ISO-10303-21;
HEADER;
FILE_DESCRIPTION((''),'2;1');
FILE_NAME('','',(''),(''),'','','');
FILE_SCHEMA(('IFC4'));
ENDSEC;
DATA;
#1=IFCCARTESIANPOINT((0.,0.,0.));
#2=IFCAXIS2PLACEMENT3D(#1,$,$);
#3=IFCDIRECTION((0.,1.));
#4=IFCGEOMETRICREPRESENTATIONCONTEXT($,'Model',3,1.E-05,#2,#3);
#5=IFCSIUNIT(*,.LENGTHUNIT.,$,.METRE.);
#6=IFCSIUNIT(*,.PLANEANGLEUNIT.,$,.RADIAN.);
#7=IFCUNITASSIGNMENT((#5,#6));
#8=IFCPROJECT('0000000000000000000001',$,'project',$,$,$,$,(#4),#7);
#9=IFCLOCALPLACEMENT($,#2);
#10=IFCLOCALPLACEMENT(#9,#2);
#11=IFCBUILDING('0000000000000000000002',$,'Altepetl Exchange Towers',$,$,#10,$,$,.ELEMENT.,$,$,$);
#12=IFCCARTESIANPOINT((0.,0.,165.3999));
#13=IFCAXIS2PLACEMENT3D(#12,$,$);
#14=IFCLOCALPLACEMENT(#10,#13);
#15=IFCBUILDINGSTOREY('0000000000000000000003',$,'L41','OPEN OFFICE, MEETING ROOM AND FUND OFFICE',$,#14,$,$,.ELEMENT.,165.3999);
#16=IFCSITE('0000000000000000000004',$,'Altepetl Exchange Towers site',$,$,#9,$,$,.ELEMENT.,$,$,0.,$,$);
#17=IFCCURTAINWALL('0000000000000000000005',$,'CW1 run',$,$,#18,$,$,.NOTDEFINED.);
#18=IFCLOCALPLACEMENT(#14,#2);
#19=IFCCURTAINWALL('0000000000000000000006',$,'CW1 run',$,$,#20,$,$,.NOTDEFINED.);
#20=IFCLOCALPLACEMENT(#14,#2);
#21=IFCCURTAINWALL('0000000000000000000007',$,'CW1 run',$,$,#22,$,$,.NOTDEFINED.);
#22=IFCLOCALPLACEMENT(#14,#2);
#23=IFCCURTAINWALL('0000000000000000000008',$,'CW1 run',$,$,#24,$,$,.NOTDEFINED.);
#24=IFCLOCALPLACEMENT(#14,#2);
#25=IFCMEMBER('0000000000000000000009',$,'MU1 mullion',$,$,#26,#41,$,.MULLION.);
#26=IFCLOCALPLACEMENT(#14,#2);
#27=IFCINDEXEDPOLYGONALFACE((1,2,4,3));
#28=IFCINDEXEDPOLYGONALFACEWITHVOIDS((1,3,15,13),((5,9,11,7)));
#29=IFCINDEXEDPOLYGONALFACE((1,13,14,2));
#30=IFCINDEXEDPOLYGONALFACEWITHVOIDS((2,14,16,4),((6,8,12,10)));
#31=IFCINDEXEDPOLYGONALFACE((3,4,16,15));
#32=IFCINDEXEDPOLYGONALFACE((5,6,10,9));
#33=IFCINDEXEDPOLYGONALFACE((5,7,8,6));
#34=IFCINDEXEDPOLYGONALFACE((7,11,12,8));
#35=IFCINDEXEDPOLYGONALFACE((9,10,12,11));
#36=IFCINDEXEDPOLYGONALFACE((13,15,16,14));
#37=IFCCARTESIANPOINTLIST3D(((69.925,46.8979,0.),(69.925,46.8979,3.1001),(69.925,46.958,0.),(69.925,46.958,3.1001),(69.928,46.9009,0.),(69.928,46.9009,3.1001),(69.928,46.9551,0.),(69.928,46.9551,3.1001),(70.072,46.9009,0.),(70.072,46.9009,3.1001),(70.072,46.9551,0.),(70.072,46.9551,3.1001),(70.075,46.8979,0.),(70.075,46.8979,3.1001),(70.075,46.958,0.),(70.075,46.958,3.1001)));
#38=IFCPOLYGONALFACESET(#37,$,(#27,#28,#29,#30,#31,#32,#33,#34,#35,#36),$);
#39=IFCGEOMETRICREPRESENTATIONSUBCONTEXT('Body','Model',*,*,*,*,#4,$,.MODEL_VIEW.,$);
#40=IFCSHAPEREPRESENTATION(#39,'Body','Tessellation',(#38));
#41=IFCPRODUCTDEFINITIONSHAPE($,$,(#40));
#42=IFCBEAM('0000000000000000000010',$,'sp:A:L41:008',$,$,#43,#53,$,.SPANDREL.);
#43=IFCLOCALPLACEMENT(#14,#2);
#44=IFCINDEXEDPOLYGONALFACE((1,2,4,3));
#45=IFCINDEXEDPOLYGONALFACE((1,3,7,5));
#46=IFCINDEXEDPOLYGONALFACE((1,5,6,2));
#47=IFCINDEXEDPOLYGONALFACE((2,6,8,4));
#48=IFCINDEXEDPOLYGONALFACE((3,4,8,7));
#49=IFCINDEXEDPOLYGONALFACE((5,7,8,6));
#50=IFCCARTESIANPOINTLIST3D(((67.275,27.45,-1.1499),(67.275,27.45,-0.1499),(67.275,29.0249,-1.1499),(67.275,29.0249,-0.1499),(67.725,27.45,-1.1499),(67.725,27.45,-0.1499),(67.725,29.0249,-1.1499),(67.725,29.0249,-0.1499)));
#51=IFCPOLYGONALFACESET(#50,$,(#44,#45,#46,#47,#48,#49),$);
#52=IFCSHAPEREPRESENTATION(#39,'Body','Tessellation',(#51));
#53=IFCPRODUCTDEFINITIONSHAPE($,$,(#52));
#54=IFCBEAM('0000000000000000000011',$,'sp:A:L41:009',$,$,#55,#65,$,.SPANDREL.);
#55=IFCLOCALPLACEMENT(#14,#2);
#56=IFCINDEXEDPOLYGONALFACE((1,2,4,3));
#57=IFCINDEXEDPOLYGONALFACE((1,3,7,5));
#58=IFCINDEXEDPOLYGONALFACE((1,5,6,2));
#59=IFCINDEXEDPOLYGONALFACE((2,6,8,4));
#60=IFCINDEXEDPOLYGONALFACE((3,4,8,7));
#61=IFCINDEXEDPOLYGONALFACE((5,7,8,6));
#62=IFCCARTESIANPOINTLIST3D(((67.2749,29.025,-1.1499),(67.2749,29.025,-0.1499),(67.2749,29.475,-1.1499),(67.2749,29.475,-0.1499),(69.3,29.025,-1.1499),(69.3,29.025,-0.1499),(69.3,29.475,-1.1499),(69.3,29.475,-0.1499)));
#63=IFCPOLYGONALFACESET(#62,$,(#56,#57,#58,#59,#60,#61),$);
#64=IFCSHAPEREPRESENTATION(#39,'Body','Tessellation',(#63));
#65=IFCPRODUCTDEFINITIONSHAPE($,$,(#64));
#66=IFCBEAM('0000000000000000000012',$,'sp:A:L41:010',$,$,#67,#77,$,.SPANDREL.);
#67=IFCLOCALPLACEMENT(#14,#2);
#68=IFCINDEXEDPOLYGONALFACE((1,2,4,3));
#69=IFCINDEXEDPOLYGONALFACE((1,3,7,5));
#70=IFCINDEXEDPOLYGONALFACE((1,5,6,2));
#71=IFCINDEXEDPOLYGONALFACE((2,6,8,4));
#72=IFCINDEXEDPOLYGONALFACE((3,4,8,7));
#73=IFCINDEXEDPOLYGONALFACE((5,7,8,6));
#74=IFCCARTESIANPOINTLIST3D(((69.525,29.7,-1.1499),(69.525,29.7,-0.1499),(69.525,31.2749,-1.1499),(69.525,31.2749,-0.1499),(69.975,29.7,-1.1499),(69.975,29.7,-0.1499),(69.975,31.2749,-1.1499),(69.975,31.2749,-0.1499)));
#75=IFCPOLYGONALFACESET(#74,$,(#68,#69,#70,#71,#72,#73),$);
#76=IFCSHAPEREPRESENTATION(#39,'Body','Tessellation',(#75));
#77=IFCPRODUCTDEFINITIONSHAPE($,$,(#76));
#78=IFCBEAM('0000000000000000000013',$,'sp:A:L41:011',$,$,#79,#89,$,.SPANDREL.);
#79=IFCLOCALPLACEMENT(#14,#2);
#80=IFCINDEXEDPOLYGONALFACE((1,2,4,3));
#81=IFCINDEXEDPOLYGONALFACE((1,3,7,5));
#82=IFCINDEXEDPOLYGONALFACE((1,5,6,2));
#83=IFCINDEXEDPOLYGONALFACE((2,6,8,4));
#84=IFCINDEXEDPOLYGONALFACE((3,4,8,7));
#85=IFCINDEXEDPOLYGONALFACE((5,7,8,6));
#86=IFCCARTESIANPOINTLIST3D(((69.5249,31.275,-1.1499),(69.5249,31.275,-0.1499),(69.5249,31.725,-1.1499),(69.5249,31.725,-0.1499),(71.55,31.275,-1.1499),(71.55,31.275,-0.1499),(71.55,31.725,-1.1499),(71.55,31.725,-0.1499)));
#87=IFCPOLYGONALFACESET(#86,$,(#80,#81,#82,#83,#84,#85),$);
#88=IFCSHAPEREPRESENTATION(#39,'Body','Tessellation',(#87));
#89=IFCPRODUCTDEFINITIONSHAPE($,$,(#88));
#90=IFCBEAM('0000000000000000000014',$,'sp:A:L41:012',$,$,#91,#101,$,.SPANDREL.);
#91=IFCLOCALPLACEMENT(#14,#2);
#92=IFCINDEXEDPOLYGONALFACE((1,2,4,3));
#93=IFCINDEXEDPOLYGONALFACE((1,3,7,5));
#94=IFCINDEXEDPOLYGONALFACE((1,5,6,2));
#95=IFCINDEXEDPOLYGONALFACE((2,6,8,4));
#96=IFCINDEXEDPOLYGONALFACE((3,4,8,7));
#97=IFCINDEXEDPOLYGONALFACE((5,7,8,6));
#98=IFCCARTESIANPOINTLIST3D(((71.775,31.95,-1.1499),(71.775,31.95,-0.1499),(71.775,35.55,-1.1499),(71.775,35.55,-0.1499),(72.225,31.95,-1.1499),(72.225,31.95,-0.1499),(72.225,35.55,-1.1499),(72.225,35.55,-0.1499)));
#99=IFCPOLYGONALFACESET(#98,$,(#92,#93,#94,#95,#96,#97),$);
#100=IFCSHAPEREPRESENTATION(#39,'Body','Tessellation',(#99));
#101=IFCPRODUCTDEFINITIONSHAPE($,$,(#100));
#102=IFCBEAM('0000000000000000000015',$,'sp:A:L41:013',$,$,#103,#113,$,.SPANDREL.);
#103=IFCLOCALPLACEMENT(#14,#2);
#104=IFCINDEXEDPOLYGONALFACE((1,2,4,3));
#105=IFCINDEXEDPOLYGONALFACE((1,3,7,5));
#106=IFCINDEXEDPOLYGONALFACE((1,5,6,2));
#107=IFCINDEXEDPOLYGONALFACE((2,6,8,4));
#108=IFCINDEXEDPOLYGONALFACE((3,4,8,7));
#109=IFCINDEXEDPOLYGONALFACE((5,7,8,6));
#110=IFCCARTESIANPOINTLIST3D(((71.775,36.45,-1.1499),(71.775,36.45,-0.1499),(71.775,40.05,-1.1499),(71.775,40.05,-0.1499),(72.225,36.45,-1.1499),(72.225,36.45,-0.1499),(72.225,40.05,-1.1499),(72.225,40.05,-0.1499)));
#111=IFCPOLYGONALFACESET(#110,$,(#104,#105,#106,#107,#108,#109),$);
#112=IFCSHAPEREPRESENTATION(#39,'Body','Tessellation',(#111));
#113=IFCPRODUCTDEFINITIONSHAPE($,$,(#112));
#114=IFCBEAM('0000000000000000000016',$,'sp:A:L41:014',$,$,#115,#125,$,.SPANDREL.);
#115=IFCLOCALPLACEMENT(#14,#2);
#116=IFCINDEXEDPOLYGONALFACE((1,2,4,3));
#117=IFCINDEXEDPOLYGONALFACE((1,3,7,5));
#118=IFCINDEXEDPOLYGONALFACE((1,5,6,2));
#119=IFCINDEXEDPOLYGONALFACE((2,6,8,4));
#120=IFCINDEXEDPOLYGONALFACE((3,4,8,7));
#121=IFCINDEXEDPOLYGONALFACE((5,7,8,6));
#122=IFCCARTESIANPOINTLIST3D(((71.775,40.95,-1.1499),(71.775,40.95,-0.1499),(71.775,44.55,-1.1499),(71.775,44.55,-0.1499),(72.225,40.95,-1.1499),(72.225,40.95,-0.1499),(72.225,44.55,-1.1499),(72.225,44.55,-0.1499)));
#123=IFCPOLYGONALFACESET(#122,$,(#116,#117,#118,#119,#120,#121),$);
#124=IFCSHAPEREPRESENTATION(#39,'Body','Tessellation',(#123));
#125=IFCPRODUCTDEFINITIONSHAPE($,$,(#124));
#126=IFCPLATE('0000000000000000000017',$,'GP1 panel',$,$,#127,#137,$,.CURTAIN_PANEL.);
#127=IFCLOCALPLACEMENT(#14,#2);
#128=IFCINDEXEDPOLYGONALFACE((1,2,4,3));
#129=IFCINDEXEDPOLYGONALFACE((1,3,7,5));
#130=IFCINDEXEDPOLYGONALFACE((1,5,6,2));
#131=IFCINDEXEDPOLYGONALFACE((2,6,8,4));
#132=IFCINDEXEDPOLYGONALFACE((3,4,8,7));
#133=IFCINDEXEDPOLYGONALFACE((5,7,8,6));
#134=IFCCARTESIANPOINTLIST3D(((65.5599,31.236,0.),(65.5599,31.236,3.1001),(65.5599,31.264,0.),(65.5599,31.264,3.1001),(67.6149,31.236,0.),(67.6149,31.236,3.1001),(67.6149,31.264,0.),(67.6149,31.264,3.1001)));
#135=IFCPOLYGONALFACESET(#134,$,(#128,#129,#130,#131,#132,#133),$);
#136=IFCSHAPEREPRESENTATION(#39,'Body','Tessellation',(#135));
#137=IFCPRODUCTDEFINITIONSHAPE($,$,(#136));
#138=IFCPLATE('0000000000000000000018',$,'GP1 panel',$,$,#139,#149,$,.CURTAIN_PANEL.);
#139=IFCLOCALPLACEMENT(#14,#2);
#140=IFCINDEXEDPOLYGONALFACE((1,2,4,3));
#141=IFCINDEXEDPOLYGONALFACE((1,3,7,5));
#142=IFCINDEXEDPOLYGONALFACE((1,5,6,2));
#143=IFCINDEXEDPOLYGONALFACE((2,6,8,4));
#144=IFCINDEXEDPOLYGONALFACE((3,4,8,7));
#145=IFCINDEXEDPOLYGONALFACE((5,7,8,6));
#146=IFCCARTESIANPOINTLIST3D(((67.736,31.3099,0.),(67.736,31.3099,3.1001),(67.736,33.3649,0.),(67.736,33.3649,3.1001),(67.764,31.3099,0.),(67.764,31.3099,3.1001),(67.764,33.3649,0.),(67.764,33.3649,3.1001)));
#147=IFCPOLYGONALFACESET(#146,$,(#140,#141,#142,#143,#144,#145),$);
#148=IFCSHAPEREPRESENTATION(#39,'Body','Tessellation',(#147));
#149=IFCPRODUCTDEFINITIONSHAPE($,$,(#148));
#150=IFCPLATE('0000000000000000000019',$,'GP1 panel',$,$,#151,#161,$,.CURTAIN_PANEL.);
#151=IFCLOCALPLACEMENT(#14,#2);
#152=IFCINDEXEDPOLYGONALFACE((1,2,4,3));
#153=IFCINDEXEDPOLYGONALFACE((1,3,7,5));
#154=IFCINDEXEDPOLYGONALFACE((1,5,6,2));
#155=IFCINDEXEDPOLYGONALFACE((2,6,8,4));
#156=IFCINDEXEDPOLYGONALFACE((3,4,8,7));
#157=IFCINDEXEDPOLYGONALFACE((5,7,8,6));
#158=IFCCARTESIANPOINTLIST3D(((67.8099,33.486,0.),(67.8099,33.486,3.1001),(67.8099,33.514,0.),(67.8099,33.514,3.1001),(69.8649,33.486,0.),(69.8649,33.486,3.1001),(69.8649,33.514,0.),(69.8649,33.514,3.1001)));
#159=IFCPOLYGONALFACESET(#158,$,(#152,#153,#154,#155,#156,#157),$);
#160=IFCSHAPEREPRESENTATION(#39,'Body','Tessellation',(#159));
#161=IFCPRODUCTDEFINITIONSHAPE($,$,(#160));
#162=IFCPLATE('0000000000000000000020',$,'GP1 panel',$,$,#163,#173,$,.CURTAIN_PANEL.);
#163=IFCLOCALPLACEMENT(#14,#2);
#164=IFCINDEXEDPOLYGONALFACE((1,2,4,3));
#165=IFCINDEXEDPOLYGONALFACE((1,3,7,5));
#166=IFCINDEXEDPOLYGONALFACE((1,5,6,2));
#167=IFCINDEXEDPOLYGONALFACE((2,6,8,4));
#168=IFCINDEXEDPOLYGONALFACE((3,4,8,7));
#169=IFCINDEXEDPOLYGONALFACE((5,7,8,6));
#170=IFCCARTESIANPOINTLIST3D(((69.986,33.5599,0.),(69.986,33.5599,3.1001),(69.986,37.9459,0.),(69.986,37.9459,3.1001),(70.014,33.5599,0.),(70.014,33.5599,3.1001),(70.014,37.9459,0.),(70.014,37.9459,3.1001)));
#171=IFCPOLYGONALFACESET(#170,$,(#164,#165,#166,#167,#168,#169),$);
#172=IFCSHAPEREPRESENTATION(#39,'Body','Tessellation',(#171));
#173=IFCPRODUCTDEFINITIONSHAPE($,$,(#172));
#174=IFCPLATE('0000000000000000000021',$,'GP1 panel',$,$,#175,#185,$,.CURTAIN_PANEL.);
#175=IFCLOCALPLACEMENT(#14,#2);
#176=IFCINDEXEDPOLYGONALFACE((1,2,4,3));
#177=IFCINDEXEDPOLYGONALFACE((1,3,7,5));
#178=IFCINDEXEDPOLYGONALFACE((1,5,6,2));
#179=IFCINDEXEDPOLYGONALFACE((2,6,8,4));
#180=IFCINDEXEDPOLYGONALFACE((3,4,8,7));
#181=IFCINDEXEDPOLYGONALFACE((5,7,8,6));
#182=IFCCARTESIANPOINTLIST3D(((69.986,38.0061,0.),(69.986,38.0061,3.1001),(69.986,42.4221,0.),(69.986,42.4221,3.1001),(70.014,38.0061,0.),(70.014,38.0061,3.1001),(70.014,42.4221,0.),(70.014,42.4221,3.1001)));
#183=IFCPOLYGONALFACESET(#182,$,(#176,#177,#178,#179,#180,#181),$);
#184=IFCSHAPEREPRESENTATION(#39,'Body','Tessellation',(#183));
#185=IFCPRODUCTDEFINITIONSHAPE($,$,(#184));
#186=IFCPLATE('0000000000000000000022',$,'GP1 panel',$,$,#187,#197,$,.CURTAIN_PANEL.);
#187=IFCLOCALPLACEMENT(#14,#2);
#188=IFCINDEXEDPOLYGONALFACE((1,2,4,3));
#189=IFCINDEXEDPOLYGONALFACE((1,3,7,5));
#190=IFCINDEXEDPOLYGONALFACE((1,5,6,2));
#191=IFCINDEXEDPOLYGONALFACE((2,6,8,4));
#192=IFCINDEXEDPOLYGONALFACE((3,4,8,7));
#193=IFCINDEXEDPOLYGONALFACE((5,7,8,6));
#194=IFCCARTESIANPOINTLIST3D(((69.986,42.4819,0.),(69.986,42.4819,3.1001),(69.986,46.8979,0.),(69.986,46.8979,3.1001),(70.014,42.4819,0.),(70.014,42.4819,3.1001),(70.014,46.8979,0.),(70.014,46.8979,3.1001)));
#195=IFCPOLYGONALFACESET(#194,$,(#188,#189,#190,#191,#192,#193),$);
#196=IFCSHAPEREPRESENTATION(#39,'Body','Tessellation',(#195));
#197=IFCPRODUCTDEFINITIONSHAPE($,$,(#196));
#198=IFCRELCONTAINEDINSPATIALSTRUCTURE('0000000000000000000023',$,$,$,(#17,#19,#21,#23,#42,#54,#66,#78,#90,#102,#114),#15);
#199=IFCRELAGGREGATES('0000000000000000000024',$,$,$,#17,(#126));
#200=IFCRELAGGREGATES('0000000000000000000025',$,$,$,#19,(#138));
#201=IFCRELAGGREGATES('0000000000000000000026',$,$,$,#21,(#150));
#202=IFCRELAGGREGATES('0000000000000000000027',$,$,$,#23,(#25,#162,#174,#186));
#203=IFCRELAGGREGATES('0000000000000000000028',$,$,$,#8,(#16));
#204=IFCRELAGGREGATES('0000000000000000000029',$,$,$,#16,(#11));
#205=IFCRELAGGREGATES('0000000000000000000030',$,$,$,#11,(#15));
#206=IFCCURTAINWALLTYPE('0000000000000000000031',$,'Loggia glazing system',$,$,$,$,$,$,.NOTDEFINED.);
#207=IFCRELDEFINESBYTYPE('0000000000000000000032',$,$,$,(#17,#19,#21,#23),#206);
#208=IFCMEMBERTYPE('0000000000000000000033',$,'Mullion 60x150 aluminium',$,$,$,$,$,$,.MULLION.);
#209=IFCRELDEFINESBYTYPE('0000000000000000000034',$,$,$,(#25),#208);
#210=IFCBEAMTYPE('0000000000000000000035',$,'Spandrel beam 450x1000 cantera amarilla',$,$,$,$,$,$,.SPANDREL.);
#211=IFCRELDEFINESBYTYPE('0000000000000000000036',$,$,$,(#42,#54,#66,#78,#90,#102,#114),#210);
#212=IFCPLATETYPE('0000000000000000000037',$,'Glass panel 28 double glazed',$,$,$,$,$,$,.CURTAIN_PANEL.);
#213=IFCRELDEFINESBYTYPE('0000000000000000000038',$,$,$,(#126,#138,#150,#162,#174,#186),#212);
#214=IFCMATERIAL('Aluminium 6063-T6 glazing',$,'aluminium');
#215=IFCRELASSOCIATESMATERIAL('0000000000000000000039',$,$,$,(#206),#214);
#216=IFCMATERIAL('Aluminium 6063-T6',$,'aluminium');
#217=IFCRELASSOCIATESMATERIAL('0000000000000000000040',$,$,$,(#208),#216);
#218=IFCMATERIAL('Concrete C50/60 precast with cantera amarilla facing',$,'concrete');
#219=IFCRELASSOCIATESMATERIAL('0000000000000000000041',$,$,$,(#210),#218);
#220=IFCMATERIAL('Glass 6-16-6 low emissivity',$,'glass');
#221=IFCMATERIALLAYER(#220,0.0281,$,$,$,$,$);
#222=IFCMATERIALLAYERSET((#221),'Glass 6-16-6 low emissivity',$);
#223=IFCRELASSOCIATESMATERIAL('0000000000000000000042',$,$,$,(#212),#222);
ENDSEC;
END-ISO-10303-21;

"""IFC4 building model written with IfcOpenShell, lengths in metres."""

from ifc_helpers import new_model, si_unit, direction, frame, origin, origin_2d, place, context, subcontext, project, spatial, rectangle, hollow_rectangle, extrude, material, layer, layer_set, material_profile, profile_set, type_object, element, aggregate, save


model = new_model("IFC4")

# Units and contexts
model_context = context("Model", 3, precision=1e-05, world=origin(), true_north=direction((0.0, 1.0)))
body_context = subcontext(model_context, "Body", "Model", "MODEL_VIEW")
ifc_project = project(units=[si_unit("LENGTHUNIT", "METRE"), si_unit("PLANEANGLEUNIT", "RADIAN")], contexts=[model_context])

# Site, building, storey
site_placement = place(None, origin())
site = spatial("IfcSite", under=ifc_project, at=site_placement, Name="Altepetl Exchange Towers site", CompositionType="ELEMENT", RefElevation=0.0)
building_placement = place(site_placement, origin())
building = spatial("IfcBuilding", under=site, at=building_placement, Name="Altepetl Exchange Towers", CompositionType="ELEMENT")
storey_placement = place(building_placement, frame((0.0, 0.0, 165.3999)))
storey = spatial("IfcBuildingStorey", under=building, at=storey_placement, Name="L41", Description="OPEN OFFICE, MEETING ROOM AND FUND OFFICE", CompositionType="ELEMENT", Elevation=165.3999)

# Curtain wall
ifc_material_1 = material(Name="Aluminium 6063-T6 glazing", Category="aluminium")
curtain_wall_type = type_object("IfcCurtainWallType", Name="Loggia glazing system", PredefinedType="NOTDEFINED", material=ifc_material_1)
curtain_wall_1_placement = place(storey_placement, origin())
curtain_wall_1 = element("IfcCurtainWall", 1, at=curtain_wall_1_placement, inside=storey, type_object=curtain_wall_type, Name="CW1 run", PredefinedType="NOTDEFINED")
ifc_material_2 = material(Name="Aluminium 6063-T6", Category="aluminium")
ifc_material_profile_1 = material_profile(ifc_material_2, hollow_rectangle(XDim=0.0601, YDim=0.1499, WallThickness=0.0029, at=origin_2d()), Name="Mullion 60x150 aluminium")
ifc_profile_set_1 = profile_set([ifc_material_profile_1], Name="Aluminium 6063-T6")
member_type = type_object("IfcMemberType", Name="Mullion 60x150 aluminium", PredefinedType="MULLION", material=ifc_profile_set_1)

# Curtain walls, member
curtain_wall_2_placement = place(storey_placement, origin())
curtain_wall_2 = element("IfcCurtainWall", 2, at=curtain_wall_2_placement, inside=storey, type_object=curtain_wall_type, Name="CW1 run", PredefinedType="NOTDEFINED")
curtain_wall_3_placement = place(storey_placement, origin())
curtain_wall_3 = element("IfcCurtainWall", 3, at=curtain_wall_3_placement, inside=storey, type_object=curtain_wall_type, Name="CW1 run", PredefinedType="NOTDEFINED")
curtain_wall_4_placement = place(storey_placement, origin())
curtain_wall_4 = element("IfcCurtainWall", 4, at=curtain_wall_4_placement, inside=storey, type_object=curtain_wall_type, Name="CW1 run", PredefinedType="NOTDEFINED")
member_1_placement = place(storey_placement, frame((70.0, 46.928, 0.0), z_axis=(0.0, 0.0, 1.0), x_axis=(0.0, 1.0, 0.0)))
member_1 = element("IfcMember", 5, at=member_1_placement, type_object=member_type, Name="MU1 mullion", PredefinedType="MULLION", context=body_context, shape_type="SweptSolid", body=[
    extrude(hollow_rectangle(XDim=0.0601, YDim=0.1499, WallThickness=0.0029, at=origin_2d()), origin(), (0.0, 0.0, 1.0), 3.1001),
])

# Beams
ifc_material_3 = material(Name="Concrete C50/60 precast with cantera amarilla facing", Category="concrete")
ifc_material_profile_2 = material_profile(ifc_material_3, rectangle(XDim=0.45, YDim=1.0, at=origin_2d()), Name="450 x 1000")
ifc_profile_set_2 = profile_set([ifc_material_profile_2], Name="Concrete C50/60 precast with cantera amarilla facing")
beam_type = type_object("IfcBeamType", Name="Spandrel beam 450x1000 cantera amarilla", PredefinedType="SPANDREL", material=ifc_profile_set_2)
beam_1_placement = place(storey_placement, frame((67.5, 27.45, -0.6499), z_axis=(0.0, 1.0, 0.0), x_axis=(-1.0, 0.0, 0.0)))
element("IfcBeam", 6, at=beam_1_placement, inside=storey, type_object=beam_type, Name="sp:A:L41:008", PredefinedType="SPANDREL", context=body_context, shape_type="SweptSolid", body=[
    extrude(rectangle(XDim=0.45, YDim=1.0, at=origin_2d()), origin(), (0.0, 0.0, 1.0), 1.575),
])
beam_2_placement = place(storey_placement, frame((67.2749, 29.25, -0.6499), z_axis=(1.0, 0.0, 0.0), x_axis=(0.0, 1.0, 0.0)))
element("IfcBeam", 7, at=beam_2_placement, inside=storey, type_object=beam_type, Name="sp:A:L41:009", PredefinedType="SPANDREL", context=body_context, shape_type="SweptSolid", body=[
    extrude(rectangle(XDim=0.45, YDim=1.0, at=origin_2d()), origin(), (0.0, 0.0, 1.0), 2.0251),
])
beam_3_placement = place(storey_placement, frame((69.75, 29.7, -0.6499), z_axis=(0.0, 1.0, 0.0), x_axis=(-1.0, 0.0, 0.0)))
element("IfcBeam", 8, at=beam_3_placement, inside=storey, type_object=beam_type, Name="sp:A:L41:010", PredefinedType="SPANDREL", context=body_context, shape_type="SweptSolid", body=[
    extrude(rectangle(XDim=0.45, YDim=1.0, at=origin_2d()), origin(), (0.0, 0.0, 1.0), 1.575),
])
beam_4_placement = place(storey_placement, frame((69.5249, 31.5, -0.6499), z_axis=(1.0, 0.0, 0.0), x_axis=(0.0, 1.0, 0.0)))
element("IfcBeam", 9, at=beam_4_placement, inside=storey, type_object=beam_type, Name="sp:A:L41:011", PredefinedType="SPANDREL", context=body_context, shape_type="SweptSolid", body=[
    extrude(rectangle(XDim=0.45, YDim=1.0, at=origin_2d()), origin(), (0.0, 0.0, 1.0), 2.0251),
])
for number, where, z_axis, x_axis, name in (
    (10, (72.0, 31.95, -0.6499), (0.0, 1.0, 0.0), (-1.0, 0.0, 0.0), "sp:A:L41:012"),
    (11, (72.0, 36.45, -0.6499), (0.0, 1.0, 0.0), (-1.0, 0.0, 0.0), "sp:A:L41:013"),
    (12, (72.0, 40.95, -0.6499), (0.0, 1.0, 0.0), (-1.0, 0.0, 0.0), "sp:A:L41:014"),
):
    element("IfcBeam", number, at=place(storey_placement, frame(where, z_axis=z_axis, x_axis=x_axis)), inside=storey, type_object=beam_type, Name=name, PredefinedType="SPANDREL", context=body_context, shape_type="SweptSolid", body=[
        extrude(rectangle(XDim=0.45, YDim=1.0, at=origin_2d()), origin(), (0.0, 0.0, 1.0), 3.6001),
    ])

# Plates
ifc_material_4 = material(Name="Glass 6-16-6 low emissivity", Category="glass")
ifc_layer = layer(ifc_material_4, 0.0281)
ifc_layer_set = layer_set([ifc_layer], Name="Glass 6-16-6 low emissivity")
plate_type = type_object("IfcPlateType", Name="Glass panel 28 double glazed", PredefinedType="CURTAIN_PANEL", material=ifc_layer_set)
plate_1_placement = place(storey_placement, frame((66.5874, 31.25, 0.0)))
plate_1 = element("IfcPlate", 13, at=plate_1_placement, type_object=plate_type, Name="GP1 panel", PredefinedType="CURTAIN_PANEL", context=body_context, shape_type="SweptSolid", body=[
    extrude(rectangle(XDim=2.0549, YDim=0.0281, at=origin_2d()), origin(), (0.0, 0.0, 1.0), 3.1001),
])
aggregate(curtain_wall_1, [plate_1])
plate_2_placement = place(storey_placement, frame((67.75, 32.3374, 0.0), z_axis=(0.0, 0.0, 1.0), x_axis=(0.0, 1.0, 0.0)))
plate_2 = element("IfcPlate", 14, at=plate_2_placement, type_object=plate_type, Name="GP1 panel", PredefinedType="CURTAIN_PANEL", context=body_context, shape_type="SweptSolid", body=[
    extrude(rectangle(XDim=2.0549, YDim=0.0281, at=origin_2d()), origin(), (0.0, 0.0, 1.0), 3.1001),
])
aggregate(curtain_wall_2, [plate_2])
plate_3_placement = place(storey_placement, frame((68.8374, 33.5, 0.0)))
plate_3 = element("IfcPlate", 15, at=plate_3_placement, type_object=plate_type, Name="GP1 panel", PredefinedType="CURTAIN_PANEL", context=body_context, shape_type="SweptSolid", body=[
    extrude(rectangle(XDim=2.0549, YDim=0.0281, at=origin_2d()), origin(), (0.0, 0.0, 1.0), 3.1001),
])
aggregate(curtain_wall_3, [plate_3])
plate_4_placement = place(storey_placement, frame((70.0, 35.7529, 0.0), z_axis=(0.0, 0.0, 1.0), x_axis=(0.0, 1.0, 0.0)))
plate_4 = element("IfcPlate", 16, at=plate_4_placement, type_object=plate_type, Name="GP1 panel", PredefinedType="CURTAIN_PANEL", context=body_context, shape_type="SweptSolid", body=[
    extrude(rectangle(XDim=4.386, YDim=0.0281, at=origin_2d()), origin(), (0.0, 0.0, 1.0), 3.1001),
])
plate_5_placement = place(storey_placement, frame((70.0, 40.2141, 0.0), z_axis=(0.0, 0.0, 1.0), x_axis=(0.0, 1.0, 0.0)))
plate_5 = element("IfcPlate", 17, at=plate_5_placement, type_object=plate_type, Name="GP1 panel", PredefinedType="CURTAIN_PANEL", context=body_context, shape_type="SweptSolid", body=[
    extrude(rectangle(XDim=4.416, YDim=0.0281, at=origin_2d()), origin(), (0.0, 0.0, 1.0), 3.1001),
])
plate_6_placement = place(storey_placement, frame((70.0, 44.6899, 0.0), z_axis=(0.0, 0.0, 1.0), x_axis=(0.0, 1.0, 0.0)))
plate_6 = element("IfcPlate", 18, at=plate_6_placement, type_object=plate_type, Name="GP1 panel", PredefinedType="CURTAIN_PANEL", context=body_context, shape_type="SweptSolid", body=[
    extrude(rectangle(XDim=4.416, YDim=0.0281, at=origin_2d()), origin(), (0.0, 0.0, 1.0), 3.1001),
])
aggregate(curtain_wall_4, [member_1, plate_4, plate_5, plate_6])

save(model, "model.ifc")
